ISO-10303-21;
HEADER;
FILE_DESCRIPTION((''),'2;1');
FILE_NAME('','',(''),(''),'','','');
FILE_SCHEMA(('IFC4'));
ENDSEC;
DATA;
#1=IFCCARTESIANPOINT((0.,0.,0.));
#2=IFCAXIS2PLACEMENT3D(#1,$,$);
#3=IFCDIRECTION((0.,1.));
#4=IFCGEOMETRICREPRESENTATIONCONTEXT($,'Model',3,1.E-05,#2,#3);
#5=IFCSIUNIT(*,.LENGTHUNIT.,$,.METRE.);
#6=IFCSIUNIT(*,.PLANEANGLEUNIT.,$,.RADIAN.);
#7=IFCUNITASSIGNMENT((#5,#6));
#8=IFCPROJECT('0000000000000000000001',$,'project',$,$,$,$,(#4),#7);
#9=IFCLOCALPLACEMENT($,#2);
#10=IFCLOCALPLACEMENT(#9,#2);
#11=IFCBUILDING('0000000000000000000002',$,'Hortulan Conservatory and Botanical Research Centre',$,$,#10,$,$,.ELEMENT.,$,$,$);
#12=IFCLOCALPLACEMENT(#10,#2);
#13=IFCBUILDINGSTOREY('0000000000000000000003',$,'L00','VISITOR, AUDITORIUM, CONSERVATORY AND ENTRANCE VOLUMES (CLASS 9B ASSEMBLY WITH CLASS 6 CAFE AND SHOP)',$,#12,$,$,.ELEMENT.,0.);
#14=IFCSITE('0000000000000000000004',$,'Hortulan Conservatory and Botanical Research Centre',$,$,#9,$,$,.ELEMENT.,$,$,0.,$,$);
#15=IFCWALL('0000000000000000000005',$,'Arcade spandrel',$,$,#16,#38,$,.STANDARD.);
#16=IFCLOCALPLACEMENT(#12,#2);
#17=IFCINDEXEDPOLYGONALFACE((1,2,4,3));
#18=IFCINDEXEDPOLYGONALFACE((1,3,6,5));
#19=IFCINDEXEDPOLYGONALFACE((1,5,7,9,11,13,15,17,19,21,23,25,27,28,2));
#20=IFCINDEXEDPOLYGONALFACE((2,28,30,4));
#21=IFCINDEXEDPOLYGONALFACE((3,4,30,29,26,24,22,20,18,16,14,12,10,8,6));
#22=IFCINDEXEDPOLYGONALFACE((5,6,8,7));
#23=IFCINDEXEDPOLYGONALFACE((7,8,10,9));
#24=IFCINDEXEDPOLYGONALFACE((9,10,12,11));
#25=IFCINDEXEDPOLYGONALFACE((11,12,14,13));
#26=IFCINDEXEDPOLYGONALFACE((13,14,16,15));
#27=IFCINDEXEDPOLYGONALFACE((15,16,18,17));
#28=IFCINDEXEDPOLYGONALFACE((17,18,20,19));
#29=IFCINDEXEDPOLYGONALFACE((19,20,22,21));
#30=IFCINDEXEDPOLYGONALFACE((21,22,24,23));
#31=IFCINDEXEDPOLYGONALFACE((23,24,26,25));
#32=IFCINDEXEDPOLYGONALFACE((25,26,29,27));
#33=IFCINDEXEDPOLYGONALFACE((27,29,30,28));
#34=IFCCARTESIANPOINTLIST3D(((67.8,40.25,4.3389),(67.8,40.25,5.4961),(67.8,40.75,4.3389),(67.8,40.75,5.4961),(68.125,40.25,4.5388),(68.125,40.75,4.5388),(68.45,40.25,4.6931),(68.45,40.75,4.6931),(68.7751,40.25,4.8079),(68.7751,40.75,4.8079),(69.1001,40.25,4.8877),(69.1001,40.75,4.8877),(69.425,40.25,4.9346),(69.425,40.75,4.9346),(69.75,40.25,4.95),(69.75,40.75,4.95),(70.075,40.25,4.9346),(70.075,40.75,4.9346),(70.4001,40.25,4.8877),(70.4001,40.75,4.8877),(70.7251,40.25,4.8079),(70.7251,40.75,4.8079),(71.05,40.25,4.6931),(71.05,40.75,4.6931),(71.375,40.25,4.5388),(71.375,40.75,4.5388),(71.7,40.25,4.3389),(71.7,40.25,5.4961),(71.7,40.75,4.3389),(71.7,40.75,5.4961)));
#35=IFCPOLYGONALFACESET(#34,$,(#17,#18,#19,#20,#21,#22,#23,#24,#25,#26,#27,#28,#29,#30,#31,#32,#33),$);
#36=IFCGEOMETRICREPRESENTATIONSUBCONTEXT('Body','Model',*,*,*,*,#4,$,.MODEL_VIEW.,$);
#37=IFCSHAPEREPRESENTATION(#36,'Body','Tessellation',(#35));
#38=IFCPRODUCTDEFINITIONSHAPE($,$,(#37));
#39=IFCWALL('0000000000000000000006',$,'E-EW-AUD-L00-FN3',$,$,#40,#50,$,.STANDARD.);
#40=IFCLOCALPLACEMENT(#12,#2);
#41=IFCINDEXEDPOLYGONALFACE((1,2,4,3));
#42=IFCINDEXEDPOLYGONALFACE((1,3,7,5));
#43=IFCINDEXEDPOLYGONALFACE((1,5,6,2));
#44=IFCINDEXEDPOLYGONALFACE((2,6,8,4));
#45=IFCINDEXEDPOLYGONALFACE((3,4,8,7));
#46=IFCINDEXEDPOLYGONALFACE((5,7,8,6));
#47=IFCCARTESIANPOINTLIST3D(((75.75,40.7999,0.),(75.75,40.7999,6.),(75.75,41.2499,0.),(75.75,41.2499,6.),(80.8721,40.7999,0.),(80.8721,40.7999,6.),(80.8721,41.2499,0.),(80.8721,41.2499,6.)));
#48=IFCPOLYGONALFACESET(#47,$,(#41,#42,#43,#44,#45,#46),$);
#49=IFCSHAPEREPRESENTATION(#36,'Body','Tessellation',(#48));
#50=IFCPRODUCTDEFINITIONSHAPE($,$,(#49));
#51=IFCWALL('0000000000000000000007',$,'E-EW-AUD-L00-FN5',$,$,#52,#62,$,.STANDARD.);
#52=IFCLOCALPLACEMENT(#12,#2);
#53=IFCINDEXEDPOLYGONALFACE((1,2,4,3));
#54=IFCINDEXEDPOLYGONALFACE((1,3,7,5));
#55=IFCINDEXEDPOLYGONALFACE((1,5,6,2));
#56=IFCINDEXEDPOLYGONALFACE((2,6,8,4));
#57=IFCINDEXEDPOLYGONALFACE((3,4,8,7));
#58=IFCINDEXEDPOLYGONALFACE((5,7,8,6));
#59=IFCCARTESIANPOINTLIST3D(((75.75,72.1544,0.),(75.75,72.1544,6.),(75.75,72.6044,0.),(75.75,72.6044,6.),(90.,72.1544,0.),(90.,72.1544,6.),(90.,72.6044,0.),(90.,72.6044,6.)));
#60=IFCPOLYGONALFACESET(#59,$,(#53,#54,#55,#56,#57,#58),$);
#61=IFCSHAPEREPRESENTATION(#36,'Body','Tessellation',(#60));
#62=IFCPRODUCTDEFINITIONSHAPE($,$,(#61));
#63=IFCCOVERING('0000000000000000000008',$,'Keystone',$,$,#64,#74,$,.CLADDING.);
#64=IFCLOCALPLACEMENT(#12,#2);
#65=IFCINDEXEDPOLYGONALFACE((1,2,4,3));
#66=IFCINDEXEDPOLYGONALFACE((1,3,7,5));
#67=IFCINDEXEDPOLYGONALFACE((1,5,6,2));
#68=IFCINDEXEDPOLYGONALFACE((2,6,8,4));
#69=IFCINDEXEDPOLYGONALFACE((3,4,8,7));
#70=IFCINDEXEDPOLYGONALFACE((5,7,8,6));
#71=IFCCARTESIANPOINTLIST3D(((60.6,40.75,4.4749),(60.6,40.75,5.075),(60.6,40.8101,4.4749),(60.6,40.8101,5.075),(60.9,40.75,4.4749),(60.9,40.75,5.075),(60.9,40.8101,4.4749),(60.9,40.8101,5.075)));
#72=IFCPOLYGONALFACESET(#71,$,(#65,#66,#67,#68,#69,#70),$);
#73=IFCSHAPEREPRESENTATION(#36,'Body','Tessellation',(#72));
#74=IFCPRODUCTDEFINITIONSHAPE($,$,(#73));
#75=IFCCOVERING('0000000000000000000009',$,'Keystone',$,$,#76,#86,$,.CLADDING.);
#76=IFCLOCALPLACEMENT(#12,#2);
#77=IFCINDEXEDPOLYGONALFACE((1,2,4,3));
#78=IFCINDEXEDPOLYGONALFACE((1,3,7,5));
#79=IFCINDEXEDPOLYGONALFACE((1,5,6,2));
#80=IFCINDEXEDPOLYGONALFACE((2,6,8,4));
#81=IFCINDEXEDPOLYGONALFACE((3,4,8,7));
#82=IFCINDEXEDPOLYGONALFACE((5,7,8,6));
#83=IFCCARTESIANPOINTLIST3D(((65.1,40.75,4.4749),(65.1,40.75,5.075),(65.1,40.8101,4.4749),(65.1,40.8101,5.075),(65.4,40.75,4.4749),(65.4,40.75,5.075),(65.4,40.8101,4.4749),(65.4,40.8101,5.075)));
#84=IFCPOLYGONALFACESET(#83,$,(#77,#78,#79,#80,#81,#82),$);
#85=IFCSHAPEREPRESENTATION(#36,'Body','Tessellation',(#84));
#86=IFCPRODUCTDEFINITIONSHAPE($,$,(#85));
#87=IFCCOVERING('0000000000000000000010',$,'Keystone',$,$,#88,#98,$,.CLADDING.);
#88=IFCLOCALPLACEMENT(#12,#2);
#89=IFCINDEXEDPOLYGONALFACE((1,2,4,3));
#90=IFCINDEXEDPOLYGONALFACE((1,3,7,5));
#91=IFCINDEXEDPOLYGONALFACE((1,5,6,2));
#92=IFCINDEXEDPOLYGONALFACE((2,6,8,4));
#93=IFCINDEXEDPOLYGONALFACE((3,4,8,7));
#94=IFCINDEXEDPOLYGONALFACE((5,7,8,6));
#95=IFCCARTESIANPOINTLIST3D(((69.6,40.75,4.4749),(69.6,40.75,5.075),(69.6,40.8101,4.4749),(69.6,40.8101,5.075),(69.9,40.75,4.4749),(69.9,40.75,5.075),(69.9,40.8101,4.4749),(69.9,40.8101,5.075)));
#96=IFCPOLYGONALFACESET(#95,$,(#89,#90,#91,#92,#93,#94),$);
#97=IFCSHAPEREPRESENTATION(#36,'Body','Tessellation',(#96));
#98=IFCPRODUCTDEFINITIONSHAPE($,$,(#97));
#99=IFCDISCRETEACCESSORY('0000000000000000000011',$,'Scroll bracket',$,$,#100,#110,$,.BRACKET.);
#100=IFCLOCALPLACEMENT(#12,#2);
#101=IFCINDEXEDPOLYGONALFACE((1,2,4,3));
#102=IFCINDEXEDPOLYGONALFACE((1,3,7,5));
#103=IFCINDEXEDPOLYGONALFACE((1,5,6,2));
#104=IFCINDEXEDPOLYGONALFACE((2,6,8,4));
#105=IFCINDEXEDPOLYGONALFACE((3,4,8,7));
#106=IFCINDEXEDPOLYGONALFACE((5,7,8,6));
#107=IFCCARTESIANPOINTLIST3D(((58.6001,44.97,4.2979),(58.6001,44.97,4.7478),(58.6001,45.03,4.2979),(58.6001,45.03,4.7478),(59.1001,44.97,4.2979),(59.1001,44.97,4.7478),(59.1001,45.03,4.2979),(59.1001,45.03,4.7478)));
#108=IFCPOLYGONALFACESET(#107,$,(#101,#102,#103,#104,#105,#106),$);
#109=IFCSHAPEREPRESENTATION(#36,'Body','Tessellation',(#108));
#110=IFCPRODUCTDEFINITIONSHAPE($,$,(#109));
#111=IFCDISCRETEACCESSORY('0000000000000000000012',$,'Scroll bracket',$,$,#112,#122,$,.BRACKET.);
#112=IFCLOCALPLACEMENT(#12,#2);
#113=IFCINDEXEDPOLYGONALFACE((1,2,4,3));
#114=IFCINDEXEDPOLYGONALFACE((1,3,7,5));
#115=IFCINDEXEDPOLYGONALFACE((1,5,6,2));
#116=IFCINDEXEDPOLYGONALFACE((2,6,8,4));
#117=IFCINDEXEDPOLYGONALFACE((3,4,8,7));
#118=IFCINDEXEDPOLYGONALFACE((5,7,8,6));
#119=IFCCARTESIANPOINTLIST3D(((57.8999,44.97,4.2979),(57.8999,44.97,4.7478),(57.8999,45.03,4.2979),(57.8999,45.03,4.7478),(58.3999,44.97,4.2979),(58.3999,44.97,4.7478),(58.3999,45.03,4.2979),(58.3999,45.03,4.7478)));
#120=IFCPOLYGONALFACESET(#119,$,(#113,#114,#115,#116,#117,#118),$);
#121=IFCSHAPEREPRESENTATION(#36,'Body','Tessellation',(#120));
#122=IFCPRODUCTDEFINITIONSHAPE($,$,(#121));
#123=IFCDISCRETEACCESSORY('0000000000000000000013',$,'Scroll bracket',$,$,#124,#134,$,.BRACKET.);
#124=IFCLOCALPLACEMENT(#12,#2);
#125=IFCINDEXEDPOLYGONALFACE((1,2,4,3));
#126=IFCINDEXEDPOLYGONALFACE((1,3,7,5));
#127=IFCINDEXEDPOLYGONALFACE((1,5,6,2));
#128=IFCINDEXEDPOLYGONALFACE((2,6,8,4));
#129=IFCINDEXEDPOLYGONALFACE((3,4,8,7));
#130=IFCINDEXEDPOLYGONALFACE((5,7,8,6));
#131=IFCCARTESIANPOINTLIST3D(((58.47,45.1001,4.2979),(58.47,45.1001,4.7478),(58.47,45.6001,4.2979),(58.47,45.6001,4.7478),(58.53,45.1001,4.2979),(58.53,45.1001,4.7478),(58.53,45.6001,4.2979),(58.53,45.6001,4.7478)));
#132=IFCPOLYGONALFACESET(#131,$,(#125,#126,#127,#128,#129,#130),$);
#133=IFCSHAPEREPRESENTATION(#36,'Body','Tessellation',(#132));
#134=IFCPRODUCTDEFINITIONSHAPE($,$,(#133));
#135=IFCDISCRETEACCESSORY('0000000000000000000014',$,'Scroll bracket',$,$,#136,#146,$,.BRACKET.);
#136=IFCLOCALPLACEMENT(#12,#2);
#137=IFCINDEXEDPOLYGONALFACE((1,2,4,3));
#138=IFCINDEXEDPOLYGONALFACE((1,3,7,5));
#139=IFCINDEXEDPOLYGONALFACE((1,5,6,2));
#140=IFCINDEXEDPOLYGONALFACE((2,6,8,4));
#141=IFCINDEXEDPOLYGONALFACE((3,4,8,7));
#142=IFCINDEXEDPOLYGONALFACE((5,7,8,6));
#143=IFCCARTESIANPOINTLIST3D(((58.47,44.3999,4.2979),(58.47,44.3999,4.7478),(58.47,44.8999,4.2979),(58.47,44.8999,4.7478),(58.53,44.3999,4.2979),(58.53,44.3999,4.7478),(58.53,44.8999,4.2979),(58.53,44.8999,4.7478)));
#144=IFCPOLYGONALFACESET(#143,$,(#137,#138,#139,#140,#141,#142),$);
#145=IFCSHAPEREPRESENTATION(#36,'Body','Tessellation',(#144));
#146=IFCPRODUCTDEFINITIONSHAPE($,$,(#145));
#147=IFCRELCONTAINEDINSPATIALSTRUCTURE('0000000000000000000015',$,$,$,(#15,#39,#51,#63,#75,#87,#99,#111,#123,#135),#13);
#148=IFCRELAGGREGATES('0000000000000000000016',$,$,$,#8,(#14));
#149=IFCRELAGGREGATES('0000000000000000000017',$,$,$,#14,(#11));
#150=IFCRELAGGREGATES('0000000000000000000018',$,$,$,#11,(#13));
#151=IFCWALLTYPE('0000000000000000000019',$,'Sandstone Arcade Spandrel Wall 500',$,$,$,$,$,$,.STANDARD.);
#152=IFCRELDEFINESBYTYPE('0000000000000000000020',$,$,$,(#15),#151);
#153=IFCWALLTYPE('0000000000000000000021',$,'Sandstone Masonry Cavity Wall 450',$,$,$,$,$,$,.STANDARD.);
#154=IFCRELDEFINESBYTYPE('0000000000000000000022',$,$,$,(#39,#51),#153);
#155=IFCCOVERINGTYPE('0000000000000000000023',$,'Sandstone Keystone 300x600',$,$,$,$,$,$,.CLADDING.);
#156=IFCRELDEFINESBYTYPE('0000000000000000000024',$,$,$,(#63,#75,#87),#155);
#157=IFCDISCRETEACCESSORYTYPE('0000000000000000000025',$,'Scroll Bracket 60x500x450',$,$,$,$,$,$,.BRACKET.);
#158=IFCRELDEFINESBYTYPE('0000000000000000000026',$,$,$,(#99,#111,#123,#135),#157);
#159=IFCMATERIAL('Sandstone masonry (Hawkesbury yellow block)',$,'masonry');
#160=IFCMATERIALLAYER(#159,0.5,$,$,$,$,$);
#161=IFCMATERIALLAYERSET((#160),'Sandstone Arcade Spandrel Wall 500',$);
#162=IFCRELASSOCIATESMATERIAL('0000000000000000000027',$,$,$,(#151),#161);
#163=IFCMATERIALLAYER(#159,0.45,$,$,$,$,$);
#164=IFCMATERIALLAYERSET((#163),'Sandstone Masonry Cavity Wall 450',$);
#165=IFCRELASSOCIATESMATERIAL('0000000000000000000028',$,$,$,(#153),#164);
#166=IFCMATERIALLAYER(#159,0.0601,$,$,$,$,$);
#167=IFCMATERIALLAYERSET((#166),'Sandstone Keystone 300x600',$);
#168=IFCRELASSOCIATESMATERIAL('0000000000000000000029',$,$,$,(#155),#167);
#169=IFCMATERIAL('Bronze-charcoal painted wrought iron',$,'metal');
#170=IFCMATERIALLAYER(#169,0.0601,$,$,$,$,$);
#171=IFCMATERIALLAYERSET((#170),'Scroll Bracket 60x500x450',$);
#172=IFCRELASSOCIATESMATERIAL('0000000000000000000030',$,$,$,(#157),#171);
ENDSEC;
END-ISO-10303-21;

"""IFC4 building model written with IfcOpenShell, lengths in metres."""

from ifc_helpers import new_model, si_unit, direction, frame, frame_2d, origin, origin_2d, place, context, subcontext, project, spatial, polyline, rectangle, outline, extrude, material, layer, layer_set, type_object, element, save


model = new_model("IFC4")

# Units and contexts
model_context = context("Model", 3, precision=1e-05, world=origin(), true_north=direction((0.0, 1.0)))
body_context = subcontext(model_context, "Body", "Model", "MODEL_VIEW")
ifc_project = project(units=[si_unit("LENGTHUNIT", "METRE"), si_unit("PLANEANGLEUNIT", "RADIAN")], contexts=[model_context])

# Site, building, storey
site_placement = place(None, origin())
site = spatial("IfcSite", under=ifc_project, at=site_placement, Name="Hortulan Conservatory and Botanical Research Centre", CompositionType="ELEMENT", RefElevation=0.0)
building_placement = place(site_placement, origin())
building = spatial("IfcBuilding", under=site, at=building_placement, Name="Hortulan Conservatory and Botanical Research Centre", CompositionType="ELEMENT")
storey_placement = place(building_placement, origin())
storey = spatial("IfcBuildingStorey", under=building, at=storey_placement, Name="L00", Description="VISITOR, AUDITORIUM, CONSERVATORY AND ENTRANCE VOLUMES (CLASS 9B ASSEMBLY WITH CLASS 6 CAFE AND SHOP)", CompositionType="ELEMENT", Elevation=0.0)

# Shared definitions
ifc_material_1 = material(Name="Sandstone masonry (Hawkesbury yellow block)", Category="masonry")

# Walls
ifc_layer_1 = layer(ifc_material_1, 0.5)
ifc_layer_set_1 = layer_set([ifc_layer_1], Name="Sandstone Arcade Spandrel Wall 500")
wall_type_1 = type_object("IfcWallType", Name="Sandstone Arcade Spandrel Wall 500", PredefinedType="STANDARD", material=ifc_layer_set_1)
for number, where, z_axis, x_axis, name in (
    (1, (67.8, 40.5, 4.3389), (0.0, 0.0, 1.0), (1.0, 0.0, 0.0), "Arcade spandrel"),
):
    element("IfcWall", number, at=place(storey_placement, frame(where, z_axis=z_axis, x_axis=x_axis)), inside=storey, type_object=wall_type_1, Name=name, PredefinedType="STANDARD", context=body_context, shape_type="SweptSolid", body=[
        extrude(outline(polyline([(0.0, 0.0), (0.325, 0.2), (0.6499, 0.3542), (0.9751, 0.469), (1.3, 0.5488), (1.625, 0.5957), (1.95, 0.6111), (2.2749, 0.5957), (2.6001, 0.5488), (2.925, 0.469), (3.25, 0.3542), (3.575, 0.2), (3.8999, 0.0), (3.8999, 1.1572), (0.0, 1.1572), (0.0, 0.0)])), frame((0.0, 0.25, 0.0), z_axis=(0.0, -1.0, 0.0), x_axis=(1.0, 0.0, 0.0)), (0.0, 0.0, 1.0), 0.5),
    ])
ifc_layer_2 = layer(ifc_material_1, 0.45)
ifc_layer_set_2 = layer_set([ifc_layer_2], Name="Sandstone Masonry Cavity Wall 450")
wall_type_2 = type_object("IfcWallType", Name="Sandstone Masonry Cavity Wall 450", PredefinedType="STANDARD", material=ifc_layer_set_2)
wall_1_placement = place(storey_placement, frame((75.75, 41.0249, 0.0), z_axis=(0.0, 0.0, 1.0), x_axis=(1.0, 0.0, 0.0)))
element("IfcWall", 2, at=wall_1_placement, inside=storey, type_object=wall_type_2, Name="E-EW-AUD-L00-FN3", PredefinedType="STANDARD", context=body_context, shape_type="SweptSolid", body=[
    extrude(rectangle(XDim=5.1221, YDim=0.45, at=frame_2d((2.561, 0.0))), origin(), (0.0, 0.0, 1.0), 6.0),
])
wall_2_placement = place(storey_placement, frame((75.75, 72.3794, 0.0), z_axis=(0.0, 0.0, 1.0), x_axis=(1.0, 0.0, 0.0)))
element("IfcWall", 3, at=wall_2_placement, inside=storey, type_object=wall_type_2, Name="E-EW-AUD-L00-FN5", PredefinedType="STANDARD", context=body_context, shape_type="SweptSolid", body=[
    extrude(rectangle(XDim=14.25, YDim=0.45, at=frame_2d((7.125, 0.0))), origin(), (0.0, 0.0, 1.0), 6.0),
])

# Coverings
ifc_layer_3 = layer(ifc_material_1, 0.0601)
ifc_layer_set_3 = layer_set([ifc_layer_3], Name="Sandstone Keystone 300x600")
covering_type = type_object("IfcCoveringType", Name="Sandstone Keystone 300x600", PredefinedType="CLADDING", material=ifc_layer_set_3)
for number, where, z_axis, x_axis, name in (
    (4, (60.75, 40.78, 4.4749), (0.0, 0.0, 1.0), (1.0, 0.0, 0.0), "Keystone"),
    (5, (65.25, 40.78, 4.4749), (0.0, 0.0, 1.0), (1.0, 0.0, 0.0), "Keystone"),
    (6, (69.75, 40.78, 4.4749), (0.0, 0.0, 1.0), (1.0, 0.0, 0.0), "Keystone"),
):
    element("IfcCovering", number, at=place(storey_placement, frame(where, z_axis=z_axis, x_axis=x_axis)), inside=storey, type_object=covering_type, Name=name, PredefinedType="CLADDING", context=body_context, shape_type="SweptSolid", body=[
        extrude(rectangle(XDim=0.3, YDim=0.0601, at=origin_2d()), origin(), (0.0, 0.0, 1.0), 0.6001),
    ])

# Discrete accessories
ifc_material_2 = material(Name="Bronze-charcoal painted wrought iron", Category="metal")
ifc_layer_4 = layer(ifc_material_2, 0.0601)
ifc_layer_set_4 = layer_set([ifc_layer_4], Name="Scroll Bracket 60x500x450")
discrete_accessory_type = type_object("IfcDiscreteAccessoryType", Name="Scroll Bracket 60x500x450", PredefinedType="BRACKET", material=ifc_layer_set_4)
for number, where, z_axis, x_axis, name in (
    (7, (58.8501, 45.0, 4.2979), (0.0, 0.0, 1.0), (1.0, 0.0, 0.0), "Scroll bracket"),
    (8, (58.1499, 45.0, 4.2979), (0.0, 0.0, 1.0), (1.0, 0.0, 0.0), "Scroll bracket"),
):
    element("IfcDiscreteAccessory", number, at=place(storey_placement, frame(where, z_axis=z_axis, x_axis=x_axis)), inside=storey, type_object=discrete_accessory_type, Name=name, PredefinedType="BRACKET", context=body_context, shape_type="SweptSolid", body=[
        extrude(rectangle(XDim=0.5, YDim=0.0601, at=origin_2d()), origin(), (0.0, 0.0, 1.0), 0.45),
    ])
for number, where, z_axis, x_axis, name in (
    (9, (58.5, 45.3501, 4.2979), (0.0, 0.0, 1.0), (1.0, 0.0, 0.0), "Scroll bracket"),
    (10, (58.5, 44.6499, 4.2979), (0.0, 0.0, 1.0), (1.0, 0.0, 0.0), "Scroll bracket"),
):
    element("IfcDiscreteAccessory", number, at=place(storey_placement, frame(where, z_axis=z_axis, x_axis=x_axis)), inside=storey, type_object=discrete_accessory_type, Name=name, PredefinedType="BRACKET", context=body_context, shape_type="SweptSolid", body=[
        extrude(rectangle(XDim=0.0601, YDim=0.5, at=origin_2d()), origin(), (0.0, 0.0, 1.0), 0.45),
    ])

save(model, "model.ifc")
